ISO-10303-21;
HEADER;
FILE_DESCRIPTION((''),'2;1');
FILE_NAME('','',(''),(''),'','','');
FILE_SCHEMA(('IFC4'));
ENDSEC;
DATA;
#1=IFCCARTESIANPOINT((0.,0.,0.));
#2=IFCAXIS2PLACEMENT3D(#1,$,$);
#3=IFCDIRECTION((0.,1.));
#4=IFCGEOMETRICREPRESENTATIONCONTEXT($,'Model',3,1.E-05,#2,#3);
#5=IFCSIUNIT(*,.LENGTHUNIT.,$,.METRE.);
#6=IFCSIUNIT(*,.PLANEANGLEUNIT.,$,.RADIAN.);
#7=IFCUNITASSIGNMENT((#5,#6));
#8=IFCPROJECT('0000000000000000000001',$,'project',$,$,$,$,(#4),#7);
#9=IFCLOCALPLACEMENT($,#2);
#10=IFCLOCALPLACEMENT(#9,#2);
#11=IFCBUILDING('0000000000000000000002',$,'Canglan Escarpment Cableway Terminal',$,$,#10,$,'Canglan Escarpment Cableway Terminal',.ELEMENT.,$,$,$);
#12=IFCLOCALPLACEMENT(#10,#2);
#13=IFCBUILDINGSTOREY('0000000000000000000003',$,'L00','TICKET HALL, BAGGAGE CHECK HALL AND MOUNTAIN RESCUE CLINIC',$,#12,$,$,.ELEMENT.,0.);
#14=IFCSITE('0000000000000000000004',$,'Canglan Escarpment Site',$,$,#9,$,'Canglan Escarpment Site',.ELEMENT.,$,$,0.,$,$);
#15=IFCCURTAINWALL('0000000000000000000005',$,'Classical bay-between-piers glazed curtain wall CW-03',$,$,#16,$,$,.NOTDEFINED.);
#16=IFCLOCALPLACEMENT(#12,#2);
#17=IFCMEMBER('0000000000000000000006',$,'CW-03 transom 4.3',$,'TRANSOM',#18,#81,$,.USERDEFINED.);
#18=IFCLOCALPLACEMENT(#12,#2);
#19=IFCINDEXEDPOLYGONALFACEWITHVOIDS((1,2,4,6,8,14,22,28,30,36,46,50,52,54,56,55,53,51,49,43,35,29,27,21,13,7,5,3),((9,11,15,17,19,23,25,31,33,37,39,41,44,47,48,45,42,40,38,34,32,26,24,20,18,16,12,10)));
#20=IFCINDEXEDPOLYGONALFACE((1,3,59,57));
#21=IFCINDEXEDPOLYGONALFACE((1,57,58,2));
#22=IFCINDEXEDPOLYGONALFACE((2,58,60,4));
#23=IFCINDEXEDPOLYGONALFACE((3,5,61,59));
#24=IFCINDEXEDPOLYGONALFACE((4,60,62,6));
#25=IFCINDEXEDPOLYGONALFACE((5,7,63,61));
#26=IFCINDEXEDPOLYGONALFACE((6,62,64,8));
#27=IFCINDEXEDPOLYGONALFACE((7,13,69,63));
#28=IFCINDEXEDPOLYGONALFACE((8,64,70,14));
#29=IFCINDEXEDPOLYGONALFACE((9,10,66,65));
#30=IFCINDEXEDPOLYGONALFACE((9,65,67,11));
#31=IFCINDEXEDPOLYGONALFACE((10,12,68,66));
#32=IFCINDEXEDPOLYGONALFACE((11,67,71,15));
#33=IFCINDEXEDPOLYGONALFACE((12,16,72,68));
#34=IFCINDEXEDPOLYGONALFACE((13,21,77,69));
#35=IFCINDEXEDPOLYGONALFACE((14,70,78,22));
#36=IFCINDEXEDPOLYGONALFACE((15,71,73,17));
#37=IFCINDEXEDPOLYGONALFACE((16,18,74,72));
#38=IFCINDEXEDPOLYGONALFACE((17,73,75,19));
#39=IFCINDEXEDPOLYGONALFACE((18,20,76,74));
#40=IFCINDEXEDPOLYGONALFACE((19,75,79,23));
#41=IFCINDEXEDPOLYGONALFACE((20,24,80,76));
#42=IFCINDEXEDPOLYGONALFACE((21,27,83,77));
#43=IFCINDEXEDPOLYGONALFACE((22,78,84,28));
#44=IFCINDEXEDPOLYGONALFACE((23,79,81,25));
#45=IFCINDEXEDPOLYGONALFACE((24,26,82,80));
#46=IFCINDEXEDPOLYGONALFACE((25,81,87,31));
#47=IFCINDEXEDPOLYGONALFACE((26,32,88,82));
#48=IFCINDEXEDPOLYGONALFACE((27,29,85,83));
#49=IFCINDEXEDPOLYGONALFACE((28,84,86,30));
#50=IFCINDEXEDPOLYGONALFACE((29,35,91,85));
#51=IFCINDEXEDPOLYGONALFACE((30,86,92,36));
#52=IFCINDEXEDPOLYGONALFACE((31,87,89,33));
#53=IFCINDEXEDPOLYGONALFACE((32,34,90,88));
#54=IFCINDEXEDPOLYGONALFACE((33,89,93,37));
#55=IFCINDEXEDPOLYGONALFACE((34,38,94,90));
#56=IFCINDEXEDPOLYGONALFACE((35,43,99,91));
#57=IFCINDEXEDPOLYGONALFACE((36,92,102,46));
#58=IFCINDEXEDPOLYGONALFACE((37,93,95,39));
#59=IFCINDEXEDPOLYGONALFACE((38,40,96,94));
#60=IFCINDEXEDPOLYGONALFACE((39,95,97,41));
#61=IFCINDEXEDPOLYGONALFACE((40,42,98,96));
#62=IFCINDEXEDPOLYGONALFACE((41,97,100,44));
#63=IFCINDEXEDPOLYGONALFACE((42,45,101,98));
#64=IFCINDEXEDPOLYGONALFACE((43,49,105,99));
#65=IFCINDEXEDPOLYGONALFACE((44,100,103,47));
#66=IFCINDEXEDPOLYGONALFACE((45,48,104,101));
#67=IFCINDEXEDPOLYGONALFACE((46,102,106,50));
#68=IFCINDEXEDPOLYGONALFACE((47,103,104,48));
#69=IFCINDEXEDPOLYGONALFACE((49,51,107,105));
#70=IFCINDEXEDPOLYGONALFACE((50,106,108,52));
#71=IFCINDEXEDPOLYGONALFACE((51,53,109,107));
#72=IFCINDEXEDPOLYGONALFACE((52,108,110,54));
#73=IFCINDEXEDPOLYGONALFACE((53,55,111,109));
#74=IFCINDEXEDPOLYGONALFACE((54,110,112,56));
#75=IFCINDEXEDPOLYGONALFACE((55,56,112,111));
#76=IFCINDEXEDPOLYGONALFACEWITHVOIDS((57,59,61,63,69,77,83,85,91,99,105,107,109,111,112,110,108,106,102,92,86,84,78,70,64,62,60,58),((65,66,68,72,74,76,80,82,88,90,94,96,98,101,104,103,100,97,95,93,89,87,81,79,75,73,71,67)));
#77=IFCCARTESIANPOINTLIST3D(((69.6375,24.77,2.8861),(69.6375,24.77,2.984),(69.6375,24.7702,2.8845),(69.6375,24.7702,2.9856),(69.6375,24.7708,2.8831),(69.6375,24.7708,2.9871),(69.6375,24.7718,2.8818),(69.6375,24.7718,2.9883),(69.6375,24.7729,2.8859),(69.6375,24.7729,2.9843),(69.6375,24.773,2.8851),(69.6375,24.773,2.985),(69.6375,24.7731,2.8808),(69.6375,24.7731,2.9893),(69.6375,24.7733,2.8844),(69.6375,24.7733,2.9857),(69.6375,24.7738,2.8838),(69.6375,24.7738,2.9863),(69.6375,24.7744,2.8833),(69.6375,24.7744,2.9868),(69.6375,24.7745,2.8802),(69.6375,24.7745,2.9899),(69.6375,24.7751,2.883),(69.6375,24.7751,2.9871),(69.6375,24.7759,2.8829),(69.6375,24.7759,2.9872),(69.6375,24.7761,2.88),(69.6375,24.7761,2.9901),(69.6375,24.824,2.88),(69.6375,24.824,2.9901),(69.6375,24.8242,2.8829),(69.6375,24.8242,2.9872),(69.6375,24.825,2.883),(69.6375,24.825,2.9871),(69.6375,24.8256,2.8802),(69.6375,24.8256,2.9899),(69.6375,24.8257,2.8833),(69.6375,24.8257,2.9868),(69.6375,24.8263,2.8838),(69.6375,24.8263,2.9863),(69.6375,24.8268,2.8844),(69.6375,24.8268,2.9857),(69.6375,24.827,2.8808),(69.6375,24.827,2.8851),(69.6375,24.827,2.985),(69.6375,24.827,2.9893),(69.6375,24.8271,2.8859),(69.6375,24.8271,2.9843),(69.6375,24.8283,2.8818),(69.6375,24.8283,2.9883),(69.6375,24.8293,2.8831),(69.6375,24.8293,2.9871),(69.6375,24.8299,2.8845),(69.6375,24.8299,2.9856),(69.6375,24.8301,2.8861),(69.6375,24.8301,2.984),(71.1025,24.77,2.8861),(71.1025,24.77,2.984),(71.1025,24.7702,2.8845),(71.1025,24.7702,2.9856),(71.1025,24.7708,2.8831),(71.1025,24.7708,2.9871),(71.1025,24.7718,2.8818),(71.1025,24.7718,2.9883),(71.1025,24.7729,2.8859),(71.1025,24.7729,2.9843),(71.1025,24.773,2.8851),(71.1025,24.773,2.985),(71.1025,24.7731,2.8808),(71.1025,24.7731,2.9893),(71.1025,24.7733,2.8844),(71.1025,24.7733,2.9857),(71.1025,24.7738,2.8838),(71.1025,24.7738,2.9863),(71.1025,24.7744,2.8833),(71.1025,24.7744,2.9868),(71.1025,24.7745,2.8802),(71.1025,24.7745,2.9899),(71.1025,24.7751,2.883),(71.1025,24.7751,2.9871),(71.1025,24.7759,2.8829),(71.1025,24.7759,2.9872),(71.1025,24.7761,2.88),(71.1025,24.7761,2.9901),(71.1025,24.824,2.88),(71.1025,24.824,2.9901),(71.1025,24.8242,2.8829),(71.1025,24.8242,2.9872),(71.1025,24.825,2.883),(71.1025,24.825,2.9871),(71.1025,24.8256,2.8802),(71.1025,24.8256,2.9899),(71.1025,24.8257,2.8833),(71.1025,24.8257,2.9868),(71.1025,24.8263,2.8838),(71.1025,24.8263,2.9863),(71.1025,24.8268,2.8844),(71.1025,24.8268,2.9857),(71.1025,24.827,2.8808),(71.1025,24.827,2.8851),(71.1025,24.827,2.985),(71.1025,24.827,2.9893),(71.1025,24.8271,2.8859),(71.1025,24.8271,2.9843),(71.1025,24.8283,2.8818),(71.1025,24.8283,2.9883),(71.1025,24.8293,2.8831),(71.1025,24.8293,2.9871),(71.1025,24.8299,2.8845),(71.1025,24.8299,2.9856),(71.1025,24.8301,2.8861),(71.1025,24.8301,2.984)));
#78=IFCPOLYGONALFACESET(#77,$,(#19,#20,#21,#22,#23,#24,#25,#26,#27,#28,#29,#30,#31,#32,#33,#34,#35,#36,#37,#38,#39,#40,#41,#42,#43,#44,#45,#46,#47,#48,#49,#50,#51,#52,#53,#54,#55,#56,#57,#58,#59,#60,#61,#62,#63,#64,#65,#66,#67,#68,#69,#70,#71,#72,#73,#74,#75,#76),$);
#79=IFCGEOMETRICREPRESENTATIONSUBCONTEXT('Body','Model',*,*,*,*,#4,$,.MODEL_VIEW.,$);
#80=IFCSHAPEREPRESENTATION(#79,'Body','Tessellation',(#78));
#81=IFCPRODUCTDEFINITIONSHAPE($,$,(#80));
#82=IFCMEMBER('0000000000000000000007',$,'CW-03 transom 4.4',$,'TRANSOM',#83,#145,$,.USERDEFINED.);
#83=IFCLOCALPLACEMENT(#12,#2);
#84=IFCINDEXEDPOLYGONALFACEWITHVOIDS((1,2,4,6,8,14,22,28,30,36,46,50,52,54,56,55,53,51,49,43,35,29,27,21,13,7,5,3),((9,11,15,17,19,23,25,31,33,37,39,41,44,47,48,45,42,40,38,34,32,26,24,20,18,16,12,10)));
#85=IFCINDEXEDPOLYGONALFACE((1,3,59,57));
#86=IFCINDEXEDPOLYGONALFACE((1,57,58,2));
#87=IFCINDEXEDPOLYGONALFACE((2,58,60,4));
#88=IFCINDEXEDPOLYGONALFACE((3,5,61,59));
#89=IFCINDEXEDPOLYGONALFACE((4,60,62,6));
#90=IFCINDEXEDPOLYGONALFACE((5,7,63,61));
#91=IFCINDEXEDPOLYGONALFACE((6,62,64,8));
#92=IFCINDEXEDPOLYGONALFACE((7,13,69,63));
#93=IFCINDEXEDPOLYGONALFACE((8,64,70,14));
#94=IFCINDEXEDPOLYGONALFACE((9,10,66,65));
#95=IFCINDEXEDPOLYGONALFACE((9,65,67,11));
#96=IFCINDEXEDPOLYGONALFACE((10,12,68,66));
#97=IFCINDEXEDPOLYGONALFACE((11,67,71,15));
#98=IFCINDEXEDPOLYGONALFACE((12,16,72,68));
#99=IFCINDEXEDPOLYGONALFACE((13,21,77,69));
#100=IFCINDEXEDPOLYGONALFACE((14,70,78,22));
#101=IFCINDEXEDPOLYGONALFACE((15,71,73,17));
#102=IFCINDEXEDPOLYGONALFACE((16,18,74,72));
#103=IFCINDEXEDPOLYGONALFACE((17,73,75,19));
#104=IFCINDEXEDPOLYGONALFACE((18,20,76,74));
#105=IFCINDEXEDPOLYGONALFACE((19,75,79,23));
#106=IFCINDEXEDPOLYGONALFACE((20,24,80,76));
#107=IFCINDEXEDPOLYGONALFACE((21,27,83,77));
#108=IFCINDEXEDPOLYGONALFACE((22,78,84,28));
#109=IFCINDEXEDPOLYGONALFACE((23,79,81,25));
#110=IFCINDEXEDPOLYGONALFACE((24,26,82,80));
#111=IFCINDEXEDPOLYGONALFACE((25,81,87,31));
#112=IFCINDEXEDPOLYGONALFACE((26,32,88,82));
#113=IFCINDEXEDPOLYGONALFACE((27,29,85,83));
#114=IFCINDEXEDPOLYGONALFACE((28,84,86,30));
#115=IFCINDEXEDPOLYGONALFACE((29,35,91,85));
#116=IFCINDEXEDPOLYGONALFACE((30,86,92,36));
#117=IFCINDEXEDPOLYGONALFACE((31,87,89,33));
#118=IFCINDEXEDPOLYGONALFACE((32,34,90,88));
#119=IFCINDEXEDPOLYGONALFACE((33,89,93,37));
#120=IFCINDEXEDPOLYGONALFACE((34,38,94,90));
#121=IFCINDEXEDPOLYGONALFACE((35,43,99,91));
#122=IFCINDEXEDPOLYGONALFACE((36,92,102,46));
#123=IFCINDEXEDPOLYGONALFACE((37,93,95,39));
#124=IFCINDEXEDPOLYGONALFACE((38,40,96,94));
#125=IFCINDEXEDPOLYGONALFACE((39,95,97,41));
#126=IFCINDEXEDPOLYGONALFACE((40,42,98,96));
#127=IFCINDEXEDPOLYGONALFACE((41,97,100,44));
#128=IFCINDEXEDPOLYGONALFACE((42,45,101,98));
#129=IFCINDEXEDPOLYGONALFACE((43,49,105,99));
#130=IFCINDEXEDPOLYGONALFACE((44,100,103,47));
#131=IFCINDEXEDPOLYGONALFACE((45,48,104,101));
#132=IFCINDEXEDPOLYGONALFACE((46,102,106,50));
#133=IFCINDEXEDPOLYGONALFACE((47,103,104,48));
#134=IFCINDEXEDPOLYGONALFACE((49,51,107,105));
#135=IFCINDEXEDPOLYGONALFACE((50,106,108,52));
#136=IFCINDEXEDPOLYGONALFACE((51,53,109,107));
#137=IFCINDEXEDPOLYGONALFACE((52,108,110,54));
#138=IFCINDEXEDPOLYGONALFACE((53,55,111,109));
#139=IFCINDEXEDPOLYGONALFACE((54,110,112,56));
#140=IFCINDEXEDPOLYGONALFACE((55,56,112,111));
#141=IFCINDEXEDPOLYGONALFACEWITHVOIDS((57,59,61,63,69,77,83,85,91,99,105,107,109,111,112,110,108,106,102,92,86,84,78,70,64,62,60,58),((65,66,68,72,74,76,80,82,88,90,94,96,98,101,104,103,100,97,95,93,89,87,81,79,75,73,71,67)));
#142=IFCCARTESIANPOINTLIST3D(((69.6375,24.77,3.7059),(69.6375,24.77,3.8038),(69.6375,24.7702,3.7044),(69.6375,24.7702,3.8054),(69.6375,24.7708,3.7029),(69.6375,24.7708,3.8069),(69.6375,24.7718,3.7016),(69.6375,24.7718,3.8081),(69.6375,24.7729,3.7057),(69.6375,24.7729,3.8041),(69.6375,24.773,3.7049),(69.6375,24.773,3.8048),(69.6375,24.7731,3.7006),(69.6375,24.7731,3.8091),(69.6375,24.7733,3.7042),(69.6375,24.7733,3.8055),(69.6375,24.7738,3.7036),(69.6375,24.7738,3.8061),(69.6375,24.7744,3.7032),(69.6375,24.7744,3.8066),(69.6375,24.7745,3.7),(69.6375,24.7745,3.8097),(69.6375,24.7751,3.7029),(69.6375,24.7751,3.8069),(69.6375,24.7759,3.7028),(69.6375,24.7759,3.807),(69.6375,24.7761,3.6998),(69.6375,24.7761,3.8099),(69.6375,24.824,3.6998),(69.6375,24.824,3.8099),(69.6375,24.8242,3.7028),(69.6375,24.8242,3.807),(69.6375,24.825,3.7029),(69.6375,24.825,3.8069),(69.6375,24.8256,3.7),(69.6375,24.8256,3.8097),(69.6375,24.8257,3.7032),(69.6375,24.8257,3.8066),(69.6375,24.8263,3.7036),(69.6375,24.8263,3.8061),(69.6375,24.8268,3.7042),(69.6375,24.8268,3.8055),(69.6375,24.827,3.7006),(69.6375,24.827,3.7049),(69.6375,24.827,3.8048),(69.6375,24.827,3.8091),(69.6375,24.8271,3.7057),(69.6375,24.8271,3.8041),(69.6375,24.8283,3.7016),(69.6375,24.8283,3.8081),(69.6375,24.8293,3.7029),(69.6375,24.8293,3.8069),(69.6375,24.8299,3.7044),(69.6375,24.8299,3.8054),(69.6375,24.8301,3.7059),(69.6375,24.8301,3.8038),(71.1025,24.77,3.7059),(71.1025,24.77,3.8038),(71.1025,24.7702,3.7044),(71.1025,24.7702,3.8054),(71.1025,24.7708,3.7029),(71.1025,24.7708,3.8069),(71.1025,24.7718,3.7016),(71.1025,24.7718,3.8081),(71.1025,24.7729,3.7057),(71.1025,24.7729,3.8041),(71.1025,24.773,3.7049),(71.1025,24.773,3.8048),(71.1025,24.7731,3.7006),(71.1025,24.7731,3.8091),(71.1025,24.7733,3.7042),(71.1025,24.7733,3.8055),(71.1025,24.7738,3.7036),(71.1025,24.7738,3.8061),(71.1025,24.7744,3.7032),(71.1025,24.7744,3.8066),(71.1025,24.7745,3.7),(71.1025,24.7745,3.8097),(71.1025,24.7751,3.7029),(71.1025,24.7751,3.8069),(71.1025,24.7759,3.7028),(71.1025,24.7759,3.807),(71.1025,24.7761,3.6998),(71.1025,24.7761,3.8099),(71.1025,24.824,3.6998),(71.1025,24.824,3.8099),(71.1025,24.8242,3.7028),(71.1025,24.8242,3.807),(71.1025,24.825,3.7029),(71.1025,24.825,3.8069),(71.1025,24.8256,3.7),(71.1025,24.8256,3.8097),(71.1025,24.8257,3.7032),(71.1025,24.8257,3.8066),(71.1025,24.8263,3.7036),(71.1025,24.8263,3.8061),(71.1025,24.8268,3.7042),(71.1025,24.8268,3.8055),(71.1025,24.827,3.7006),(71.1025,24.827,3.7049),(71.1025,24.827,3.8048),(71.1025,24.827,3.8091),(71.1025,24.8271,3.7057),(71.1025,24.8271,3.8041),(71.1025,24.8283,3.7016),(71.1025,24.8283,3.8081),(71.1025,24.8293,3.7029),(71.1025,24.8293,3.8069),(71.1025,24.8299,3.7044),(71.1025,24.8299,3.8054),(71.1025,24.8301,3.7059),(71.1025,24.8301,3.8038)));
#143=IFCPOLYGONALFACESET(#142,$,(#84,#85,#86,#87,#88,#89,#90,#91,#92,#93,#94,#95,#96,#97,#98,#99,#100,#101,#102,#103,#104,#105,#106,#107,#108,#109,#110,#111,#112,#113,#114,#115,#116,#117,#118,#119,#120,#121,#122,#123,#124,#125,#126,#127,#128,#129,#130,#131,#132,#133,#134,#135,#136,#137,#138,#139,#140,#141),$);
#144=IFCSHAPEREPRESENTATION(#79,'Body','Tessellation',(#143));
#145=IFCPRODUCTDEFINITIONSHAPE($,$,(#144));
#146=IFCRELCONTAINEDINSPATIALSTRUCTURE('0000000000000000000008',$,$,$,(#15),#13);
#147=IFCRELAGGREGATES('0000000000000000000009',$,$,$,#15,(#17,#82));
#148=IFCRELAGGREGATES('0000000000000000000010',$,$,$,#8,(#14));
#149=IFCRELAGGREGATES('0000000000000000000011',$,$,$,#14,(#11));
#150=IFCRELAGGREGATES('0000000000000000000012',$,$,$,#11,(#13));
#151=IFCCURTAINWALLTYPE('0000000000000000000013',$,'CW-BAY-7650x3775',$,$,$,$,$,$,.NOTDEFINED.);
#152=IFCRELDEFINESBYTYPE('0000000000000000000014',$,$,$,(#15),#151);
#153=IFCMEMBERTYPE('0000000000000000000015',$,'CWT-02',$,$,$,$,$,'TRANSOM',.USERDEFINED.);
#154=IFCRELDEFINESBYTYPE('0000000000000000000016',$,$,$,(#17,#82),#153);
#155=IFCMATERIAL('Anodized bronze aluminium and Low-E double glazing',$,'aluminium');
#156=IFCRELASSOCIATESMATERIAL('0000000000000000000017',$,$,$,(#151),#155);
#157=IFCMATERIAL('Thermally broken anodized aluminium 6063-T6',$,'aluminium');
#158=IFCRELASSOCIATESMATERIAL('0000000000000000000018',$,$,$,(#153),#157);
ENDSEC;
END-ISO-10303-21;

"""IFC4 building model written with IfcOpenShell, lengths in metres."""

from ifc_helpers import new_model, si_unit, direction, frame, origin, origin_2d, place, context, subcontext, project, spatial, hollow_rectangle, extrude, material, material_profile, profile_set, type_object, element, aggregate, save


model = new_model("IFC4")

# Units and contexts
model_context = context("Model", 3, precision=1e-05, world=origin(), true_north=direction((0.0, 1.0)))
body_context = subcontext(model_context, "Body", "Model", "MODEL_VIEW")
ifc_project = project(units=[si_unit("LENGTHUNIT", "METRE"), si_unit("PLANEANGLEUNIT", "RADIAN")], contexts=[model_context])

# Site, building, storey
site_placement = place(None, origin())
site = spatial("IfcSite", under=ifc_project, at=site_placement, Name="Canglan Escarpment Site", LongName="Canglan Escarpment Site", CompositionType="ELEMENT", RefElevation=0.0)
building_placement = place(site_placement, origin())
building = spatial("IfcBuilding", under=site, at=building_placement, Name="Canglan Escarpment Cableway Terminal", LongName="Canglan Escarpment Cableway Terminal", CompositionType="ELEMENT")
storey_placement = place(building_placement, origin())
storey = spatial("IfcBuildingStorey", under=building, at=storey_placement, Name="L00", Description="TICKET HALL, BAGGAGE CHECK HALL AND MOUNTAIN RESCUE CLINIC", CompositionType="ELEMENT", Elevation=0.0)

# Curtain wall, members
ifc_material_1 = material(Name="Anodized bronze aluminium and Low-E double glazing", Category="aluminium")
curtain_wall_type = type_object("IfcCurtainWallType", Name="CW-BAY-7650x3775", PredefinedType="NOTDEFINED", material=ifc_material_1)
curtain_wall_placement = place(storey_placement, origin())
curtain_wall = element("IfcCurtainWall", 1, at=curtain_wall_placement, inside=storey, type_object=curtain_wall_type, Name="Classical bay-between-piers glazed curtain wall CW-03", PredefinedType="NOTDEFINED")
ifc_material_2 = material(Name="Thermally broken anodized aluminium 6063-T6", Category="aluminium")
ifc_material_profile_1 = material_profile(ifc_material_2, hollow_rectangle(XDim=0.0601, YDim=0.1101, WallThickness=0.0029, InnerFilletRadius=0.0029, OuterFilletRadius=0.0061, at=origin_2d()), Name="ALU-TRAN 60x110x3")
ifc_profile_set_1 = profile_set([ifc_material_profile_1], Name="Thermally broken anodized aluminium 6063-T6")
member_type_1 = type_object("IfcMemberType", Name="CWT-02", ElementType="TRANSOM", PredefinedType="USERDEFINED", material=ifc_profile_set_1)
member_1_placement = place(storey_placement, frame((71.1025, 24.8, 2.9351), z_axis=(-1.0, 0.0, 0.0), x_axis=(0.0, -1.0, 0.0)))
member_1 = element("IfcMember", 2, at=member_1_placement, type_object=member_type_1, Name="CW-03 transom 4.3", ObjectType="TRANSOM", PredefinedType="USERDEFINED", context=body_context, shape_type="SweptSolid", body=[
    extrude(hollow_rectangle(XDim=0.0601, YDim=0.1101, WallThickness=0.0029, InnerFilletRadius=0.0029, OuterFilletRadius=0.0061, at=origin_2d()), origin(), (0.0, 0.0, 1.0), 1.4651),
])
member_2_placement = place(storey_placement, frame((71.1025, 24.8, 3.7549), z_axis=(-1.0, 0.0, 0.0), x_axis=(0.0, -1.0, 0.0)))
member_2 = element("IfcMember", 3, at=member_2_placement, type_object=member_type_1, Name="CW-03 transom 4.4", ObjectType="TRANSOM", PredefinedType="USERDEFINED", context=body_context, shape_type="SweptSolid", body=[
    extrude(hollow_rectangle(XDim=0.0601, YDim=0.1101, WallThickness=0.0029, InnerFilletRadius=0.0029, OuterFilletRadius=0.0061, at=origin_2d()), origin(), (0.0, 0.0, 1.0), 1.4651),
])
aggregate(curtain_wall, [member_1, member_2])

save(model, "model.ifc")
